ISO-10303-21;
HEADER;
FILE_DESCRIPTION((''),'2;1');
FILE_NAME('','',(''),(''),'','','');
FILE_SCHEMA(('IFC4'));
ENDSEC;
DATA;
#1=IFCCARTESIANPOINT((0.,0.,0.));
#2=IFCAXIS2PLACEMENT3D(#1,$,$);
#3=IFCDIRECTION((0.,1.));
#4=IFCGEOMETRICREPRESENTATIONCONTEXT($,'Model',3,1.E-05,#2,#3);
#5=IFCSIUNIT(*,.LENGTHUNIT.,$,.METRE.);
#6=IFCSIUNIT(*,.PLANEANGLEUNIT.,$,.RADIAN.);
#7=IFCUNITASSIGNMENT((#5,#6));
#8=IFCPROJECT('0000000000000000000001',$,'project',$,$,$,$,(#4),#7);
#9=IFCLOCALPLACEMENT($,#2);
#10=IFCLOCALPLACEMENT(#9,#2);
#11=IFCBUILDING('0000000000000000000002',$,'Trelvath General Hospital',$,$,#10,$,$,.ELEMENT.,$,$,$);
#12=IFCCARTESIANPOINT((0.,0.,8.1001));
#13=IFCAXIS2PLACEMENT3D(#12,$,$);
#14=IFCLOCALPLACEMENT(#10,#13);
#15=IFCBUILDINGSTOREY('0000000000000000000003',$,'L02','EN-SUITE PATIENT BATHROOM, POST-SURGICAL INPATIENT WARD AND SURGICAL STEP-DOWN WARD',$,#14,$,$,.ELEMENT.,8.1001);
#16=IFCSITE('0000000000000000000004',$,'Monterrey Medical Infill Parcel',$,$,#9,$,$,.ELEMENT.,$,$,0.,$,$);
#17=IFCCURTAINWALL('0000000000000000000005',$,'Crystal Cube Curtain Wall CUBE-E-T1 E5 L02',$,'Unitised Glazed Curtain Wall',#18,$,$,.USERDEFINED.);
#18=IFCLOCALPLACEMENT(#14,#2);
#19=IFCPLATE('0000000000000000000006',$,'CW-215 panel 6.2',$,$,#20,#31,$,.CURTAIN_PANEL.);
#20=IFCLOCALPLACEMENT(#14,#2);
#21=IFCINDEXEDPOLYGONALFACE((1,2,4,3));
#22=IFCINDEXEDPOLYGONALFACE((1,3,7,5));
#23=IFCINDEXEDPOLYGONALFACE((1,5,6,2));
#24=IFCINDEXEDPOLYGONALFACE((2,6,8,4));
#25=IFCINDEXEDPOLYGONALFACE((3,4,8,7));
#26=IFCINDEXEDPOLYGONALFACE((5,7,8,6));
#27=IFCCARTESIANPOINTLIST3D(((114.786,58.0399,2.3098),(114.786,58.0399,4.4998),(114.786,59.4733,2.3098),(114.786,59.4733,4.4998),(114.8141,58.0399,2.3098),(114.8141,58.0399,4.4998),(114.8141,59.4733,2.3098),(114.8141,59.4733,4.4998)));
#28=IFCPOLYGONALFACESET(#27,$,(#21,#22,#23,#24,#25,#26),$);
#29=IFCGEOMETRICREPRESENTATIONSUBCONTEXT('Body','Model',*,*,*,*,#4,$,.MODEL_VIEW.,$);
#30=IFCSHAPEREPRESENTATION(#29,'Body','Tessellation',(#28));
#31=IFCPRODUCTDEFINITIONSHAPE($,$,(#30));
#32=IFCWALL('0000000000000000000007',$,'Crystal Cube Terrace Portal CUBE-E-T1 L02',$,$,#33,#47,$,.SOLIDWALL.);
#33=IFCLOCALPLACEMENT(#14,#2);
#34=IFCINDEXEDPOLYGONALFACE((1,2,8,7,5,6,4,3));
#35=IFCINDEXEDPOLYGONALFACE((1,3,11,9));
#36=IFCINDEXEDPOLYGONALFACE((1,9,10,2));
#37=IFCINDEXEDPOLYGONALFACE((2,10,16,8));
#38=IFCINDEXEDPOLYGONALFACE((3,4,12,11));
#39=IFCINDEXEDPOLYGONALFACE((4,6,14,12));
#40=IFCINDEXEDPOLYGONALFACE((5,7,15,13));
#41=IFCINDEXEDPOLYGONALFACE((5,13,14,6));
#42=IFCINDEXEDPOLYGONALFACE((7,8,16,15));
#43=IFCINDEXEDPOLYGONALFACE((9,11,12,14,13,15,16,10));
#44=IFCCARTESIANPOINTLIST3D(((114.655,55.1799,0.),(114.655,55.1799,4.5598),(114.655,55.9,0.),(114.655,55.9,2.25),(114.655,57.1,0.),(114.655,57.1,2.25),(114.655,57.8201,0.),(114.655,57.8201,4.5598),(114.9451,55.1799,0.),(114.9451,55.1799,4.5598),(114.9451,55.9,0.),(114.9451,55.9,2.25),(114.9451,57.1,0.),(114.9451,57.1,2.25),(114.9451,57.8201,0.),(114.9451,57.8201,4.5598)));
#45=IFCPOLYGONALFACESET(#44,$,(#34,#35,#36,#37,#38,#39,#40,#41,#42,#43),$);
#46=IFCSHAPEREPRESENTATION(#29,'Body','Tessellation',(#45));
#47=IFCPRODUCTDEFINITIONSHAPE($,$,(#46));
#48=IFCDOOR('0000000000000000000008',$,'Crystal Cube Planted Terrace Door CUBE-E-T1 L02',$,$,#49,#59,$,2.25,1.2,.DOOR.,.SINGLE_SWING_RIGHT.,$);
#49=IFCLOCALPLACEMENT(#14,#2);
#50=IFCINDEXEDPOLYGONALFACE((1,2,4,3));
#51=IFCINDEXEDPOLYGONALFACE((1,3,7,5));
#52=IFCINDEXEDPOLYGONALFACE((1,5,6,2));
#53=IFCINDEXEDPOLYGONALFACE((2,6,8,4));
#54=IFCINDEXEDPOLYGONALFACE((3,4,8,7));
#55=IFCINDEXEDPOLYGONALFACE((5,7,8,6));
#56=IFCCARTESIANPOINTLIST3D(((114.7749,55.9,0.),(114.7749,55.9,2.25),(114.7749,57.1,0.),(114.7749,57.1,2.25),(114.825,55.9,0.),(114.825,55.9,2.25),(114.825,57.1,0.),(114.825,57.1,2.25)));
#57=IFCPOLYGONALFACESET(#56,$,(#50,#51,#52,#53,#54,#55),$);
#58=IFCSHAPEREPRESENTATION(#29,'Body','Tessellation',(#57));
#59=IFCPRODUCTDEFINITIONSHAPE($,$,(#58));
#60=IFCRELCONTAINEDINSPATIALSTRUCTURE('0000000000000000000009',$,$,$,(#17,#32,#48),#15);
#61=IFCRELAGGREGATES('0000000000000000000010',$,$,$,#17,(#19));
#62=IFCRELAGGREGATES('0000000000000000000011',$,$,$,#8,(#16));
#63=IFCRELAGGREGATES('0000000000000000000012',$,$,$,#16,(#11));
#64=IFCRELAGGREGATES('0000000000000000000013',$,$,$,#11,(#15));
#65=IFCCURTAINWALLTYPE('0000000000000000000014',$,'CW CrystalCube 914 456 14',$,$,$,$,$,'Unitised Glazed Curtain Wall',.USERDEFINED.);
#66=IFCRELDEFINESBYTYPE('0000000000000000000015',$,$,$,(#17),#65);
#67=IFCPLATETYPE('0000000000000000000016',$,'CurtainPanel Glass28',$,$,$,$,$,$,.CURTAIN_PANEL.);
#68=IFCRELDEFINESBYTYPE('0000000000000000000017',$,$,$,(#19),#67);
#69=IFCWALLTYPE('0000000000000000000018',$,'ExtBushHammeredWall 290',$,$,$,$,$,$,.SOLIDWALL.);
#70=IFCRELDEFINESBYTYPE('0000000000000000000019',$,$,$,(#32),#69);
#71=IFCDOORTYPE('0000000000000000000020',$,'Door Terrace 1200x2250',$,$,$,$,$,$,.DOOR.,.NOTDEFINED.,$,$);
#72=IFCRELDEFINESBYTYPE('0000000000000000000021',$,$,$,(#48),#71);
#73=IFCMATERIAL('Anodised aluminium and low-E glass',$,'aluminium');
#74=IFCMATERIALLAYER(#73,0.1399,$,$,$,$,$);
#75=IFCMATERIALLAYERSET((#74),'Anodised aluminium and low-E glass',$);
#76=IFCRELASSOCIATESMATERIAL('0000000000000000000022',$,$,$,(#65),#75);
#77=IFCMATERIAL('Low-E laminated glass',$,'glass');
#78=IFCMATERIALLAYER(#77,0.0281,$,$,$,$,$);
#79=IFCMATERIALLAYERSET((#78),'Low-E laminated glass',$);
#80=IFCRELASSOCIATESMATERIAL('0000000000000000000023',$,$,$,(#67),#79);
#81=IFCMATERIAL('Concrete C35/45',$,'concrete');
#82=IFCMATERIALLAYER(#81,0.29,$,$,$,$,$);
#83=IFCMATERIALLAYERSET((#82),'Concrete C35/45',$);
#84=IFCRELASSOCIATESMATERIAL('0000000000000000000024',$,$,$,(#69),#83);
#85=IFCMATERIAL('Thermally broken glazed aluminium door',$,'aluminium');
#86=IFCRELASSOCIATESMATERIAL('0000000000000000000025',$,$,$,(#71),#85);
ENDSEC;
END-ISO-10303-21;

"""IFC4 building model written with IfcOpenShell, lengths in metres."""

from ifc_helpers import new_model, si_unit, direction, frame, frame_2d, origin, origin_2d, place, context, subcontext, project, spatial, rectangle, extrude, material, layer, layer_set, type_object, element, fill, aggregate, save


model = new_model("IFC4")

# Units and contexts
model_context = context("Model", 3, precision=1e-05, world=origin(), true_north=direction((0.0, 1.0)))
body_context = subcontext(model_context, "Body", "Model", "MODEL_VIEW")
ifc_project = project(units=[si_unit("LENGTHUNIT", "METRE"), si_unit("PLANEANGLEUNIT", "RADIAN")], contexts=[model_context])

# Site, building, storey
site_placement = place(None, origin())
site = spatial("IfcSite", under=ifc_project, at=site_placement, Name="Monterrey Medical Infill Parcel", CompositionType="ELEMENT", RefElevation=0.0)
building_placement = place(site_placement, origin())
building = spatial("IfcBuilding", under=site, at=building_placement, Name="Trelvath General Hospital", CompositionType="ELEMENT")
storey_placement = place(building_placement, frame((0.0, 0.0, 8.1001)))
storey = spatial("IfcBuildingStorey", under=building, at=storey_placement, Name="L02", Description="EN-SUITE PATIENT BATHROOM, POST-SURGICAL INPATIENT WARD AND SURGICAL STEP-DOWN WARD", CompositionType="ELEMENT", Elevation=8.1001)

# Curtain wall
ifc_material_1 = material(Name="Anodised aluminium and low-E glass", Category="aluminium")
ifc_layer_1 = layer(ifc_material_1, 0.1399)
ifc_layer_set_1 = layer_set([ifc_layer_1], Name="Anodised aluminium and low-E glass")
curtain_wall_type_1 = type_object("IfcCurtainWallType", Name="CW CrystalCube 914 456 14", ElementType="Unitised Glazed Curtain Wall", PredefinedType="USERDEFINED", material=ifc_layer_set_1)
curtain_wall_1_placement = place(storey_placement, origin())
curtain_wall_1 = element("IfcCurtainWall", 1, at=curtain_wall_1_placement, inside=storey, type_object=curtain_wall_type_1, Name="Crystal Cube Curtain Wall CUBE-E-T1 E5 L02", ObjectType="Unitised Glazed Curtain Wall", PredefinedType="USERDEFINED")

# Plate
ifc_material_2 = material(Name="Low-E laminated glass", Category="glass")
ifc_layer_2 = layer(ifc_material_2, 0.0281)
ifc_layer_set_2 = layer_set([ifc_layer_2], Name="Low-E laminated glass")
plate_type = type_object("IfcPlateType", Name="CurtainPanel Glass28", PredefinedType="CURTAIN_PANEL", material=ifc_layer_set_2)
plate_1_placement = place(storey_placement, frame((114.8, 58.7566, 2.3098), z_axis=(0.0, 0.0, 1.0), x_axis=(0.0, -1.0, 0.0)))
plate_1 = element("IfcPlate", 2, at=plate_1_placement, type_object=plate_type, Name="CW-215 panel 6.2", PredefinedType="CURTAIN_PANEL", context=body_context, shape_type="SweptSolid", body=[
    extrude(rectangle(XDim=1.4333, YDim=0.0281, at=origin_2d()), origin(), (0.0, 0.0, 1.0), 2.1899),
])
aggregate(curtain_wall_1, [plate_1])

# Wall, opening, door
ifc_material_3 = material(Name="Concrete C35/45", Category="concrete")
ifc_layer_3 = layer(ifc_material_3, 0.29)
ifc_layer_set_3 = layer_set([ifc_layer_3], Name="Concrete C35/45")
wall_type = type_object("IfcWallType", Name="ExtBushHammeredWall 290", PredefinedType="SOLIDWALL", material=ifc_layer_set_3)
wall_placement = place(storey_placement, frame((114.8, 57.8201, 0.0), z_axis=(0.0, 0.0, 1.0), x_axis=(0.0, -1.0, 0.0)))
wall = element("IfcWall", 3, at=wall_placement, inside=storey, type_object=wall_type, Name="Crystal Cube Terrace Portal CUBE-E-T1 L02", PredefinedType="SOLIDWALL", context=body_context, shape_type="SweptSolid", body=[
    extrude(rectangle(XDim=2.6401, YDim=0.29, at=frame_2d((1.3201, 0.0))), origin(), (0.0, 0.0, 1.0), 4.5598),
])
opening_placement = place(wall_placement, frame((0.72, 0.0, 0.0)))
opening = element("IfcOpeningElement", 4, at=opening_placement, cuts=wall, PredefinedType="OPENING", context=body_context, shape_type="SweptSolid", body=[
    extrude(rectangle(XDim=1.2, YDim=2.25, at=frame_2d((0.6001, 1.125))), frame((0.0, 0.155, 0.0), z_axis=(0.0, -1.0, 0.0), x_axis=(1.0, 0.0, 0.0)), (0.0, 0.0, 1.0), 0.3101),
])
ifc_material_4 = material(Name="Thermally broken glazed aluminium door", Category="aluminium")
door_type = type_object("IfcDoorType", Name="Door Terrace 1200x2250", OperationType="NOTDEFINED", PredefinedType="DOOR", material=ifc_material_4)
door_placement = place(opening_placement, origin())
door = element("IfcDoor", 5, at=door_placement, inside=storey, type_object=door_type, Name="Crystal Cube Planted Terrace Door CUBE-E-T1 L02", OperationType="SINGLE_SWING_RIGHT", OverallHeight=2.25, OverallWidth=1.2, PredefinedType="DOOR", context=body_context, shape_type="SweptSolid", body=[
    extrude(rectangle(XDim=1.2, YDim=2.25, at=frame_2d((0.6001, 1.125))), frame((0.0, 0.0249, 0.0), z_axis=(0.0, -1.0, 0.0), x_axis=(1.0, 0.0, 0.0)), (0.0, 0.0, 1.0), 0.05),
])
fill(opening, door)

save(model, "model.ifc")
